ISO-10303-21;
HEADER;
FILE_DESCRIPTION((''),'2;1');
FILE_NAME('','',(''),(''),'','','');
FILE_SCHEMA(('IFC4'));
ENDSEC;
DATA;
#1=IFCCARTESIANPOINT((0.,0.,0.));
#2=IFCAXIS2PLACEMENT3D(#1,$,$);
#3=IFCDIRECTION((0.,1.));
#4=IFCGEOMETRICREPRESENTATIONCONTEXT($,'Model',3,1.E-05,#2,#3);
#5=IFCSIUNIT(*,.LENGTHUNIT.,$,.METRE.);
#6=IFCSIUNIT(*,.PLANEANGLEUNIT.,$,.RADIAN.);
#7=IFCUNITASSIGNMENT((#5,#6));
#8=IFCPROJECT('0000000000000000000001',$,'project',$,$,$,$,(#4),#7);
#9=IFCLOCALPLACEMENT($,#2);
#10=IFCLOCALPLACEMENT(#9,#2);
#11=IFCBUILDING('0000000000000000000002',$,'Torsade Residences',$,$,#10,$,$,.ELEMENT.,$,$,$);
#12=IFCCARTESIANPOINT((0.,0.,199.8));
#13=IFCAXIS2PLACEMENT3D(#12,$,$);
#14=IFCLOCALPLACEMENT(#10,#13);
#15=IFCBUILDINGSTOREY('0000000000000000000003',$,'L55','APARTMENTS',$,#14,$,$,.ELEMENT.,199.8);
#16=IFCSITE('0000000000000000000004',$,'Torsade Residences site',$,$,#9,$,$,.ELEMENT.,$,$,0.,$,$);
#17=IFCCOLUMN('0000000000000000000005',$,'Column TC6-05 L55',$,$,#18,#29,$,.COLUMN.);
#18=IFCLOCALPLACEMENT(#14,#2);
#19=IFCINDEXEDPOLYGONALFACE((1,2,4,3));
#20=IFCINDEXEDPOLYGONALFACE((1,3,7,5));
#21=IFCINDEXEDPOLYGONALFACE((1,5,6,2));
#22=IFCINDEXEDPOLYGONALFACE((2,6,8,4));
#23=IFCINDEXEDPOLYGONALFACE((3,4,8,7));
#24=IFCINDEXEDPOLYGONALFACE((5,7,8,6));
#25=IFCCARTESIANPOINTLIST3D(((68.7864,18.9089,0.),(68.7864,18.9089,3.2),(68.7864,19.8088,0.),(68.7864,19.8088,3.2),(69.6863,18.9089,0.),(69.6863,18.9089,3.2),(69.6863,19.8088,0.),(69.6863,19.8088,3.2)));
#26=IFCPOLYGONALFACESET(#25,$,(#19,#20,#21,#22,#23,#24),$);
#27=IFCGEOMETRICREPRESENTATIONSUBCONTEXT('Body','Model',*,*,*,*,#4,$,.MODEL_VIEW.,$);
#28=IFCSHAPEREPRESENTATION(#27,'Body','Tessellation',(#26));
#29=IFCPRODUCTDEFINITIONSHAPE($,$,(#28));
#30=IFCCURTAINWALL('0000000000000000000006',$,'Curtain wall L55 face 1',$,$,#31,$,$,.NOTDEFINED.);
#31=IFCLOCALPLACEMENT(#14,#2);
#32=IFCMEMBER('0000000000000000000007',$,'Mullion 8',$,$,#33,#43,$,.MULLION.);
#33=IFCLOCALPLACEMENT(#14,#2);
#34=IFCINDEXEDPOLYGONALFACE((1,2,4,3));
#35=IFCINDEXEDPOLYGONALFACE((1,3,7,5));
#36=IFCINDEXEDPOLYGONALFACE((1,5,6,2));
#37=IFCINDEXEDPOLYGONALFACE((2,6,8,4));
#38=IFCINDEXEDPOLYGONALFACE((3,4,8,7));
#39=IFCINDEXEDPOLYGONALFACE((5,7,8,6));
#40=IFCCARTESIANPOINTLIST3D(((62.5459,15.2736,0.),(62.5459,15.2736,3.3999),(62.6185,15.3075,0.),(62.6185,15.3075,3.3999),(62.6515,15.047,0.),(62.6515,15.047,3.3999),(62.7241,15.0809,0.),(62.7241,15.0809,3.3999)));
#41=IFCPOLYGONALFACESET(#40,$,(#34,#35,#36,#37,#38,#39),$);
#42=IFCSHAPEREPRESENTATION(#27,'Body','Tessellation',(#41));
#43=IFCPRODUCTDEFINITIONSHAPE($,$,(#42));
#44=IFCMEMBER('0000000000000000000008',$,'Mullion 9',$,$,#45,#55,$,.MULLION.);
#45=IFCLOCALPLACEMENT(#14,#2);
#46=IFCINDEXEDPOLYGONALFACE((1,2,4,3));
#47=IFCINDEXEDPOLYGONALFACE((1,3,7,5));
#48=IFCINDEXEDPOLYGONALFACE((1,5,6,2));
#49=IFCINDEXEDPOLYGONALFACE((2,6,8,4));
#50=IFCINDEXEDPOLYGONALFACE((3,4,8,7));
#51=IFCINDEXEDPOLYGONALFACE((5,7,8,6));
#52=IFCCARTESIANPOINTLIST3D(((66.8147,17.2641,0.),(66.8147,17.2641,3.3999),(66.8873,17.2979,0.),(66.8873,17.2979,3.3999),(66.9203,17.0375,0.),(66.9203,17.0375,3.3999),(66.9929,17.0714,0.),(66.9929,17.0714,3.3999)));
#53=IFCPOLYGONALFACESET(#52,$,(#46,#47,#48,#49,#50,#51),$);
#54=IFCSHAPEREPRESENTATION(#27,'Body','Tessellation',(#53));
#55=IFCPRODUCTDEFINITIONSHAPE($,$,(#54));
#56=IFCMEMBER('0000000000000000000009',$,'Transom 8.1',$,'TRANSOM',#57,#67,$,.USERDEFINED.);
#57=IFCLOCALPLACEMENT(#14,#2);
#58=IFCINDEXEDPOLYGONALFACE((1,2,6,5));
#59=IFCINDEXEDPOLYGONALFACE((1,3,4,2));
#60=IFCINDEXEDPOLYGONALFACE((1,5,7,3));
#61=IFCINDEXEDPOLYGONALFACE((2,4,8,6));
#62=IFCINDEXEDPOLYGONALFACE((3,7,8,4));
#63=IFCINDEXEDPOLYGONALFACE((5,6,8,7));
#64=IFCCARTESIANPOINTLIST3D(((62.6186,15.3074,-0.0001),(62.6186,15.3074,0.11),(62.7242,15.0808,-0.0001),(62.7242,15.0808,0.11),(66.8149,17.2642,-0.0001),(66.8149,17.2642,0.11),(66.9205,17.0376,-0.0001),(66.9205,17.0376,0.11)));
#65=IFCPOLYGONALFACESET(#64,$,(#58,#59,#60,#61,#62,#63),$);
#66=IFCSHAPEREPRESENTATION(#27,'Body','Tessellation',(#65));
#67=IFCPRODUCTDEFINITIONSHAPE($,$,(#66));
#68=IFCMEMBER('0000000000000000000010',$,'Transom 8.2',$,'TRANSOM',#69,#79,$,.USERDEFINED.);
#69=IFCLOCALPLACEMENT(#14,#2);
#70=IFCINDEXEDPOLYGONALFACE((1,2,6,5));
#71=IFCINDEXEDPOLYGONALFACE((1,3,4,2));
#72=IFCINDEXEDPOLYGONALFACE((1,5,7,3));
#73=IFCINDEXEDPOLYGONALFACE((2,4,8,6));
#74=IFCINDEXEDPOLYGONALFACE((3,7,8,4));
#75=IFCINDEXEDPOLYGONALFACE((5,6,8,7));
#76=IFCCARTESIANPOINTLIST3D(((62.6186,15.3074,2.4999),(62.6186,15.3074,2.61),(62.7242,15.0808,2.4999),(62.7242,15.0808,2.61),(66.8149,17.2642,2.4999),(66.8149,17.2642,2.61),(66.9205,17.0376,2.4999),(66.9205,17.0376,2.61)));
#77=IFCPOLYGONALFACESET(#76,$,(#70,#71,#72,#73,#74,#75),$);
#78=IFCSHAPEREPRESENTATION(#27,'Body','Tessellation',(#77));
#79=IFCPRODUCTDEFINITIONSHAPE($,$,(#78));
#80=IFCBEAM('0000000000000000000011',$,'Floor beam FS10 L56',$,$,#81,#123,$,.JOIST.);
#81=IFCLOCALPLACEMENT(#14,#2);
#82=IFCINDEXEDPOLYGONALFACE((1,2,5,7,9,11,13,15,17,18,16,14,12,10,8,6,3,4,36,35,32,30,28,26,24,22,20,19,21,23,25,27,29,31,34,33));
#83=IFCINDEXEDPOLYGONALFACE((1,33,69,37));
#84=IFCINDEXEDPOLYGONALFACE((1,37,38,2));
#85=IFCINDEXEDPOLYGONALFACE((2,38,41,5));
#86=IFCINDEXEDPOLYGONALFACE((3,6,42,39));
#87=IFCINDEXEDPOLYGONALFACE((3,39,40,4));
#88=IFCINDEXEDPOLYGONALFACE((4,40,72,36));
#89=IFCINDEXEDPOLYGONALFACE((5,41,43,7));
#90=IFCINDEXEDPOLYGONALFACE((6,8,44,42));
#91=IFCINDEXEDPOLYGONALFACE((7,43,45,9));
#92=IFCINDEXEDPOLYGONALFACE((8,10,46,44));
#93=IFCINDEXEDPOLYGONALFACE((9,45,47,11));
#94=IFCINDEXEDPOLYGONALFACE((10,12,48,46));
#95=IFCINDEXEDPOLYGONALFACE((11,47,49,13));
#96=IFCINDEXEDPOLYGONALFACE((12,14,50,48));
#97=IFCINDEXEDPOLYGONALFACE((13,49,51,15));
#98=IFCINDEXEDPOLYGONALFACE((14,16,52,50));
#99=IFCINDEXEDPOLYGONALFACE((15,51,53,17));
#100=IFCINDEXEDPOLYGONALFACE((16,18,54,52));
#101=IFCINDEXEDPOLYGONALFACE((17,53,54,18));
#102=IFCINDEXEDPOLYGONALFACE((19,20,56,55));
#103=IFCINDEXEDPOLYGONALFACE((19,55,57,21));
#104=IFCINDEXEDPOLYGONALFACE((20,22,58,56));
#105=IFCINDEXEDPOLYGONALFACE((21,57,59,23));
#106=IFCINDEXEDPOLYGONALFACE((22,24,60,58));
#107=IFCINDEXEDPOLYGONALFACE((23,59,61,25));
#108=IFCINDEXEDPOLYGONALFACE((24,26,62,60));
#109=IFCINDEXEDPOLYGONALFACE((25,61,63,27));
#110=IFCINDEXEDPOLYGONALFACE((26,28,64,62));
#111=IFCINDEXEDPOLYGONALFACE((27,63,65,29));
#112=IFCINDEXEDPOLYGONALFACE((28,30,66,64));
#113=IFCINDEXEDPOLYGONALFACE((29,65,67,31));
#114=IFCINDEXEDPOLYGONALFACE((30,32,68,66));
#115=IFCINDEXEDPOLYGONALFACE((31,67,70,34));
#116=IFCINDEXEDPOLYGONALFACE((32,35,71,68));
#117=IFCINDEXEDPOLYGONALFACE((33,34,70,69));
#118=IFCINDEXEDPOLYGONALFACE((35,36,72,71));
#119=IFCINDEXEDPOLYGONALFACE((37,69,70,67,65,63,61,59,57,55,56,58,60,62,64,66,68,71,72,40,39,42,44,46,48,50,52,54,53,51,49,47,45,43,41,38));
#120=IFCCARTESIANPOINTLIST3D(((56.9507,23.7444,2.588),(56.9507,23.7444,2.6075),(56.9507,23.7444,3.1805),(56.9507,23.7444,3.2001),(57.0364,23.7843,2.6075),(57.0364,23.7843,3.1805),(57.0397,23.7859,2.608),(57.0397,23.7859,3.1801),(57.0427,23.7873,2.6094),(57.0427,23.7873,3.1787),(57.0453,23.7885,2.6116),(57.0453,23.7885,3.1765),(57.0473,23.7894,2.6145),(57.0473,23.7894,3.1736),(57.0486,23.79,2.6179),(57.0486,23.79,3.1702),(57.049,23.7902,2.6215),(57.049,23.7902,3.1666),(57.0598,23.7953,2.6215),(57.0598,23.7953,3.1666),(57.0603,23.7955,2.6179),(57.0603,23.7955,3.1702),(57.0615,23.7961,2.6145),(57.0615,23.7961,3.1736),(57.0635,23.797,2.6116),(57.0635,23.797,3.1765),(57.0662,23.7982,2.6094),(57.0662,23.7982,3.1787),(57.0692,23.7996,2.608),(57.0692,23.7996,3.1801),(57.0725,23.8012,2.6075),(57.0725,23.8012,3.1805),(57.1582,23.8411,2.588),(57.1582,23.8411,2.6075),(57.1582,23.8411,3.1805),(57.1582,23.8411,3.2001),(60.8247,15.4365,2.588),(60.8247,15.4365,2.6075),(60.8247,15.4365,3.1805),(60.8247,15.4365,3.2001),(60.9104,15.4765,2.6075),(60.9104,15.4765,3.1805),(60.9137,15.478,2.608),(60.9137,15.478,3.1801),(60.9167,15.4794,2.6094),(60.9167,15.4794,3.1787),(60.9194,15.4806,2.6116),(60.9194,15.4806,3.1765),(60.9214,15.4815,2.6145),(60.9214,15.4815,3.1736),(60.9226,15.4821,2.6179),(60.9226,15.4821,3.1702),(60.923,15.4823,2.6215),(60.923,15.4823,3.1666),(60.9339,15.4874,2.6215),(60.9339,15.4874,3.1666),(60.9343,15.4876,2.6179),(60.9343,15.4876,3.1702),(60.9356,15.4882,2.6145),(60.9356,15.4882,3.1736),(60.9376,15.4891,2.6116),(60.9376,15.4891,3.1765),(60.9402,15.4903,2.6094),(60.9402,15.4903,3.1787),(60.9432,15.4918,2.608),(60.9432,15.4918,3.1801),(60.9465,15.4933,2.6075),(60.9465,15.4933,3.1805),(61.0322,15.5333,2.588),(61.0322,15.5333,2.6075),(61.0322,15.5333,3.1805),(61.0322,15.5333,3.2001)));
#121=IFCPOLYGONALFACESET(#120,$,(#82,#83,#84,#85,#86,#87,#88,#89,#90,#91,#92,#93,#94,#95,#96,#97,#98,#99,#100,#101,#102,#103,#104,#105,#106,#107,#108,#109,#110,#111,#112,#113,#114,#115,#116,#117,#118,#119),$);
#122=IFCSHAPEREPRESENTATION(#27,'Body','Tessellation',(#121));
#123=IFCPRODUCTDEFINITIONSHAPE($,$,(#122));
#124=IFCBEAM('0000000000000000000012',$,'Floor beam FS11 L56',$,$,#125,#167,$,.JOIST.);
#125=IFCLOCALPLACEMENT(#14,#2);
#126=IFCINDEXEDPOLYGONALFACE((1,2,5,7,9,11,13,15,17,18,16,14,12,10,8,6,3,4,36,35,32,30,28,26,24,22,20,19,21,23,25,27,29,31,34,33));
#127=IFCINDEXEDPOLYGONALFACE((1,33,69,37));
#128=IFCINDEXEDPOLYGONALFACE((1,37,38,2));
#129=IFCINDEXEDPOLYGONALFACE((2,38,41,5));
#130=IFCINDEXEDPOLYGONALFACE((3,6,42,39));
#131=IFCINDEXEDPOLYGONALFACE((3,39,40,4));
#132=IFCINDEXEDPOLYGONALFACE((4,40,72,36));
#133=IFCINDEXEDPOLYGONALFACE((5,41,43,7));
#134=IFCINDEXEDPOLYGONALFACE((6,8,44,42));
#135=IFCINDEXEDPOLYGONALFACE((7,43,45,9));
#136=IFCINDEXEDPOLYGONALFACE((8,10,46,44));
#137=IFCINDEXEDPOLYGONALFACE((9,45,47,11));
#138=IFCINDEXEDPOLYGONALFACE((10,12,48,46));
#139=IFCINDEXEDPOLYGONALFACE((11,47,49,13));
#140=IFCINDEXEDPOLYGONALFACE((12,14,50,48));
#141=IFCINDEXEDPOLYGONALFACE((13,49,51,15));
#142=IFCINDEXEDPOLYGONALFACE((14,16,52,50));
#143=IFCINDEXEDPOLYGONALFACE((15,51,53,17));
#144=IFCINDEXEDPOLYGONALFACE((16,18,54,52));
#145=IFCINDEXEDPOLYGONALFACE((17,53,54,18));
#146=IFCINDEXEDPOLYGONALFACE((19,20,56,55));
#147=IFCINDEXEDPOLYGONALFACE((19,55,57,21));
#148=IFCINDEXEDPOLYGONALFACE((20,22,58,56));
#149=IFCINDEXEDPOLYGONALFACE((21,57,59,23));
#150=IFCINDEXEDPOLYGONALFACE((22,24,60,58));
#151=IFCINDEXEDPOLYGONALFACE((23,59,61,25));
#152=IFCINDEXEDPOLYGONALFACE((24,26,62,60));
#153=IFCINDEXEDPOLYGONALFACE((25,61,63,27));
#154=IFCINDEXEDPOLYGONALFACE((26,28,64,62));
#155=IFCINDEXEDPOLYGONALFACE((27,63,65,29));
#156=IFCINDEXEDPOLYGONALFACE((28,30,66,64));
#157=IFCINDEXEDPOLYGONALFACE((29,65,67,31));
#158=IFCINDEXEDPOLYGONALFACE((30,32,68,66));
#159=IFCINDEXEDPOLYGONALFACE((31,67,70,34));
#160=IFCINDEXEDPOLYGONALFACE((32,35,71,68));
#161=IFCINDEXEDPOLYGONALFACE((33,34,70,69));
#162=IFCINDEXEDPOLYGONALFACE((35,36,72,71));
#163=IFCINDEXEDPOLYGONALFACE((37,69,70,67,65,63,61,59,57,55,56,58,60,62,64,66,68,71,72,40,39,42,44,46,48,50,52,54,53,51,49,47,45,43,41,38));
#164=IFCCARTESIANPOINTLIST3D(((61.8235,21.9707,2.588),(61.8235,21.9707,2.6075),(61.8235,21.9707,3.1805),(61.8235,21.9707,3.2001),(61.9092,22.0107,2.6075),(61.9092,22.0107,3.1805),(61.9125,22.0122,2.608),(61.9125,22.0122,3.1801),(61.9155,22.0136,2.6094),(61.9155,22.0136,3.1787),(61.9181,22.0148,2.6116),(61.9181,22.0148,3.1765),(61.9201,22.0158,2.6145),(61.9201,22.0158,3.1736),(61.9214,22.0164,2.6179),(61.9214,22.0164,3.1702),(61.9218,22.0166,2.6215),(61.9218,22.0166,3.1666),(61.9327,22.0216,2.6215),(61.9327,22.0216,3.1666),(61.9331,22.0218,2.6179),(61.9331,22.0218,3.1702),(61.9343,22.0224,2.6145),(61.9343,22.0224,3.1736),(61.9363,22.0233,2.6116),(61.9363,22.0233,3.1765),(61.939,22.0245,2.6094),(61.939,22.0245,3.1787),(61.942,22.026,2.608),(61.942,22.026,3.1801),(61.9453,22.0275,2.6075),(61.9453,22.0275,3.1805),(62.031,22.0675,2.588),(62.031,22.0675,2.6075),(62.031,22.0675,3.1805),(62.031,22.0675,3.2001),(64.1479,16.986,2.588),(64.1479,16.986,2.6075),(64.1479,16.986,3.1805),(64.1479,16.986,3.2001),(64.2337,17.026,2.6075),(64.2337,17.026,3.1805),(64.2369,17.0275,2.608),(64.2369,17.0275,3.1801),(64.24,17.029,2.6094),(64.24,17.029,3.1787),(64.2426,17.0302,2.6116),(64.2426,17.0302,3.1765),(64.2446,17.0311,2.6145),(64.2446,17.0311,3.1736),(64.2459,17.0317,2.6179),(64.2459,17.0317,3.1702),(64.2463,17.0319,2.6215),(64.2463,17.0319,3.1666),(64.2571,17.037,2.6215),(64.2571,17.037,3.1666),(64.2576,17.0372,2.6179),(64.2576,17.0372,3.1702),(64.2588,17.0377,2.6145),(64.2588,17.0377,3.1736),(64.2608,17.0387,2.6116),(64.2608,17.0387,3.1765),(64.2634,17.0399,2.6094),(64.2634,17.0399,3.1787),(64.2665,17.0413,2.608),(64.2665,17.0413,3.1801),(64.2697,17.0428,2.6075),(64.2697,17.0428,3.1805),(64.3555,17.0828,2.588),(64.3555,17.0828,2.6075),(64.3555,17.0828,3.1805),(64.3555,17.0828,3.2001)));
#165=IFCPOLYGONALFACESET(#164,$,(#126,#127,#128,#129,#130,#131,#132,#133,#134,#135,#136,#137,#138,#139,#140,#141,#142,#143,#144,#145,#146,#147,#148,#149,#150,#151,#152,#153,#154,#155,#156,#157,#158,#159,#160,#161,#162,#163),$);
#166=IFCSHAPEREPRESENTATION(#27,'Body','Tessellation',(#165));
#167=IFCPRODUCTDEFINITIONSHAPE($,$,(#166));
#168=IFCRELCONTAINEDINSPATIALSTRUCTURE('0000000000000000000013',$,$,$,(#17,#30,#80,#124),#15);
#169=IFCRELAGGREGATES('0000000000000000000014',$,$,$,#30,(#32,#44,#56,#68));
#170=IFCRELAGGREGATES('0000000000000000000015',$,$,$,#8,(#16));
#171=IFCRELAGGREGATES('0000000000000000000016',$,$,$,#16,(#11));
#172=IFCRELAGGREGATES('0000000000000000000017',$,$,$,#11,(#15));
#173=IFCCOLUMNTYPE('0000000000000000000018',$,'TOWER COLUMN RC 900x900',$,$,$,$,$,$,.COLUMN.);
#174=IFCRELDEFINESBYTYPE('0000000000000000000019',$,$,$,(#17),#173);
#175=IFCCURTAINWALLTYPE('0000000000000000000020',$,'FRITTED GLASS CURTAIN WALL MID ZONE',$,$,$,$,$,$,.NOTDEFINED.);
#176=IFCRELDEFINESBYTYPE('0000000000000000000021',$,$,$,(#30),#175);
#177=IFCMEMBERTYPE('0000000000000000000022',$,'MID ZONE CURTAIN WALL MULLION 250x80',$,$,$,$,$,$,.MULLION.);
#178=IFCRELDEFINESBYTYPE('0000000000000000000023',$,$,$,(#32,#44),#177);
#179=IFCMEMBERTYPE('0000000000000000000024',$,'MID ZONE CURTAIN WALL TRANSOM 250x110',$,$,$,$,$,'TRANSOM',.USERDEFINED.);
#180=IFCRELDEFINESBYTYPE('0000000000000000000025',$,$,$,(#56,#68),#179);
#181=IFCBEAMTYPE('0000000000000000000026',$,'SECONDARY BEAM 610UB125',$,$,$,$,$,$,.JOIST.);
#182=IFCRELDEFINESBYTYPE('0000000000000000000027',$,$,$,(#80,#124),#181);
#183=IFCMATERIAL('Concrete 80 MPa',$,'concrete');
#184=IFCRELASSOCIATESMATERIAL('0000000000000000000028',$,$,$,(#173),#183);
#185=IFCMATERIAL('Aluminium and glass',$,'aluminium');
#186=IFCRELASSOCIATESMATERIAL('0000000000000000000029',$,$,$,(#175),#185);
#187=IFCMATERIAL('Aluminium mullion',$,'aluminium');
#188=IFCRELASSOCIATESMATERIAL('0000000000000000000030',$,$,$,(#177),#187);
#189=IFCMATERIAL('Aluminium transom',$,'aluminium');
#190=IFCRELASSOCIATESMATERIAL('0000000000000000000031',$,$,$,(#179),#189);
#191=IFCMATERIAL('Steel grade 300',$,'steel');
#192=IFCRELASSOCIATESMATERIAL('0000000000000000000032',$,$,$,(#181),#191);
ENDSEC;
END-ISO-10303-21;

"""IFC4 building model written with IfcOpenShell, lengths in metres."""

from ifc_helpers import new_model, si_unit, direction, frame, origin, origin_2d, place, context, subcontext, project, spatial, rectangle, i_section, extrude, material, material_profile, profile_set, type_object, element, aggregate, save


model = new_model("IFC4")

# Units and contexts
model_context = context("Model", 3, precision=1e-05, world=origin(), true_north=direction((0.0, 1.0)))
body_context = subcontext(model_context, "Body", "Model", "MODEL_VIEW")
ifc_project = project(units=[si_unit("LENGTHUNIT", "METRE"), si_unit("PLANEANGLEUNIT", "RADIAN")], contexts=[model_context])

# Site, building, storey
site_placement = place(None, origin())
site = spatial("IfcSite", under=ifc_project, at=site_placement, Name="Torsade Residences site", CompositionType="ELEMENT", RefElevation=0.0)
building_placement = place(site_placement, origin())
building = spatial("IfcBuilding", under=site, at=building_placement, Name="Torsade Residences", CompositionType="ELEMENT")
storey_placement = place(building_placement, frame((0.0, 0.0, 199.8)))
storey = spatial("IfcBuildingStorey", under=building, at=storey_placement, Name="L55", Description="APARTMENTS", CompositionType="ELEMENT", Elevation=199.8)

# Column
ifc_material_1 = material(Name="Concrete 80 MPa", Category="concrete")
ifc_material_profile_1 = material_profile(ifc_material_1, rectangle(XDim=0.8999, YDim=0.8999, at=origin_2d()), Name="RC 900x900")
ifc_profile_set_1 = profile_set([ifc_material_profile_1], Name="Concrete 80 MPa")
column_type = type_object("IfcColumnType", Name="TOWER COLUMN RC 900x900", PredefinedType="COLUMN", material=ifc_profile_set_1)
column_placement = place(storey_placement, frame((69.2363, 19.3589, 0.0), z_axis=(0.0, 0.0, 1.0), x_axis=(1.0, 0.0, 0.0)))
element("IfcColumn", 1, at=column_placement, inside=storey, type_object=column_type, Name="Column TC6-05 L55", PredefinedType="COLUMN", context=body_context, shape_type="SweptSolid", body=[
    extrude(rectangle(XDim=0.8999, YDim=0.8999, at=origin_2d()), origin(), (0.0, 0.0, 1.0), 3.2),
])

# Curtain wall, members
ifc_material_2 = material(Name="Aluminium and glass", Category="aluminium")
curtain_wall_type = type_object("IfcCurtainWallType", Name="FRITTED GLASS CURTAIN WALL MID ZONE", PredefinedType="NOTDEFINED", material=ifc_material_2)
curtain_wall_placement = place(storey_placement, origin())
curtain_wall = element("IfcCurtainWall", 2, at=curtain_wall_placement, inside=storey, type_object=curtain_wall_type, Name="Curtain wall L55 face 1", PredefinedType="NOTDEFINED")
ifc_material_3 = material(Name="Aluminium mullion", Category="aluminium")
ifc_material_profile_2 = material_profile(ifc_material_3, rectangle(XDim=0.25, YDim=0.0801, at=origin_2d()), Name="MID ZONE CURTAIN WALL MULLION 250x80")
ifc_profile_set_2 = profile_set([ifc_material_profile_2], Name="Aluminium mullion")
member_type_1 = type_object("IfcMemberType", Name="MID ZONE CURTAIN WALL MULLION 250x80", PredefinedType="MULLION", material=ifc_profile_set_2)
member_1_placement = place(storey_placement, frame((62.635, 15.1772, 0.0), z_axis=(0.0, 0.0, 1.0), x_axis=(-0.422618, 0.906308, 0.0)))
member_1 = element("IfcMember", 3, at=member_1_placement, type_object=member_type_1, Name="Mullion 8", PredefinedType="MULLION", context=body_context, shape_type="SweptSolid", body=[
    extrude(rectangle(XDim=0.25, YDim=0.0801, at=origin_2d()), origin(), (0.0, 0.0, 1.0), 3.3999),
])
member_2_placement = place(storey_placement, frame((66.9038, 17.1677, 0.0), z_axis=(0.0, 0.0, 1.0), x_axis=(-0.422618, 0.906308, 0.0)))
member_2 = element("IfcMember", 4, at=member_2_placement, type_object=member_type_1, Name="Mullion 9", PredefinedType="MULLION", context=body_context, shape_type="SweptSolid", body=[
    extrude(rectangle(XDim=0.25, YDim=0.0801, at=origin_2d()), origin(), (0.0, 0.0, 1.0), 3.3999),
])
ifc_material_4 = material(Name="Aluminium transom", Category="aluminium")
ifc_material_profile_3 = material_profile(ifc_material_4, rectangle(XDim=0.25, YDim=0.1101, at=origin_2d()), Name="MID ZONE CURTAIN WALL TRANSOM 250x110")
ifc_profile_set_3 = profile_set([ifc_material_profile_3], Name="Aluminium transom")
member_type_2 = type_object("IfcMemberType", Name="MID ZONE CURTAIN WALL TRANSOM 250x110", ElementType="TRANSOM", PredefinedType="USERDEFINED", material=ifc_profile_set_3)
member_3_placement = place(storey_placement, frame((62.6714, 15.1941, 0.0549), z_axis=(0.906306, 0.422623, 0.0), x_axis=(-0.422623, 0.906306, 0.0)))
member_3 = element("IfcMember", 5, at=member_3_placement, type_object=member_type_2, Name="Transom 8.1", ObjectType="TRANSOM", PredefinedType="USERDEFINED", context=body_context, shape_type="SweptSolid", body=[
    extrude(rectangle(XDim=0.25, YDim=0.1101, at=origin_2d()), origin(), (0.0, 0.0, 1.0), 4.6301),
])
member_4_placement = place(storey_placement, frame((62.6714, 15.1941, 2.5549), z_axis=(0.906306, 0.422623, 0.0), x_axis=(-0.422623, 0.906306, 0.0)))
member_4 = element("IfcMember", 6, at=member_4_placement, type_object=member_type_2, Name="Transom 8.2", ObjectType="TRANSOM", PredefinedType="USERDEFINED", context=body_context, shape_type="SweptSolid", body=[
    extrude(rectangle(XDim=0.25, YDim=0.1101, at=origin_2d()), origin(), (0.0, 0.0, 1.0), 4.6301),
])

# Beams
ifc_material_5 = material(Name="Steel grade 300", Category="steel")
ifc_material_profile_4 = material_profile(ifc_material_5, i_section(OverallWidth=0.229, OverallDepth=0.6121, WebThickness=0.012, FlangeThickness=0.0195, FilletRadius=0.0139, at=origin_2d()), Name="610UB125")
ifc_profile_set_4 = profile_set([ifc_material_profile_4], Name="Steel grade 300")
beam_type_1 = type_object("IfcBeamType", Name="SECONDARY BEAM 610UB125", PredefinedType="JOIST", material=ifc_profile_set_4)
beam_1_placement = place(storey_placement, frame((60.9285, 15.4849, 2.894), z_axis=(-0.422619, 0.906308, 0.0), x_axis=(-0.906308, -0.422619, 0.0)))
element("IfcBeam", 7, at=beam_1_placement, inside=storey, type_object=beam_type_1, Name="Floor beam FS10 L56", PredefinedType="JOIST", context=body_context, shape_type="SweptSolid", body=[
    extrude(i_section(OverallWidth=0.229, OverallDepth=0.6121, WebThickness=0.012, FlangeThickness=0.0195, FilletRadius=0.0139, at=origin_2d()), origin(), (0.0, 0.0, 1.0), 9.1667),
])
beam_2_placement = place(storey_placement, frame((64.2517, 17.0344, 2.894), z_axis=(-0.422633, 0.906301, 0.0), x_axis=(-0.906301, -0.422633, 0.0)))
element("IfcBeam", 8, at=beam_2_placement, inside=storey, type_object=beam_type_1, Name="Floor beam FS11 L56", PredefinedType="JOIST", context=body_context, shape_type="SweptSolid", body=[
    extrude(i_section(OverallWidth=0.229, OverallDepth=0.6121, WebThickness=0.012, FlangeThickness=0.0195, FilletRadius=0.0139, at=origin_2d()), origin(), (0.0, 0.0, 1.0), 5.5),
])

aggregate(curtain_wall, [member_1, member_2, member_3, member_4])

save(model, "model.ifc")
